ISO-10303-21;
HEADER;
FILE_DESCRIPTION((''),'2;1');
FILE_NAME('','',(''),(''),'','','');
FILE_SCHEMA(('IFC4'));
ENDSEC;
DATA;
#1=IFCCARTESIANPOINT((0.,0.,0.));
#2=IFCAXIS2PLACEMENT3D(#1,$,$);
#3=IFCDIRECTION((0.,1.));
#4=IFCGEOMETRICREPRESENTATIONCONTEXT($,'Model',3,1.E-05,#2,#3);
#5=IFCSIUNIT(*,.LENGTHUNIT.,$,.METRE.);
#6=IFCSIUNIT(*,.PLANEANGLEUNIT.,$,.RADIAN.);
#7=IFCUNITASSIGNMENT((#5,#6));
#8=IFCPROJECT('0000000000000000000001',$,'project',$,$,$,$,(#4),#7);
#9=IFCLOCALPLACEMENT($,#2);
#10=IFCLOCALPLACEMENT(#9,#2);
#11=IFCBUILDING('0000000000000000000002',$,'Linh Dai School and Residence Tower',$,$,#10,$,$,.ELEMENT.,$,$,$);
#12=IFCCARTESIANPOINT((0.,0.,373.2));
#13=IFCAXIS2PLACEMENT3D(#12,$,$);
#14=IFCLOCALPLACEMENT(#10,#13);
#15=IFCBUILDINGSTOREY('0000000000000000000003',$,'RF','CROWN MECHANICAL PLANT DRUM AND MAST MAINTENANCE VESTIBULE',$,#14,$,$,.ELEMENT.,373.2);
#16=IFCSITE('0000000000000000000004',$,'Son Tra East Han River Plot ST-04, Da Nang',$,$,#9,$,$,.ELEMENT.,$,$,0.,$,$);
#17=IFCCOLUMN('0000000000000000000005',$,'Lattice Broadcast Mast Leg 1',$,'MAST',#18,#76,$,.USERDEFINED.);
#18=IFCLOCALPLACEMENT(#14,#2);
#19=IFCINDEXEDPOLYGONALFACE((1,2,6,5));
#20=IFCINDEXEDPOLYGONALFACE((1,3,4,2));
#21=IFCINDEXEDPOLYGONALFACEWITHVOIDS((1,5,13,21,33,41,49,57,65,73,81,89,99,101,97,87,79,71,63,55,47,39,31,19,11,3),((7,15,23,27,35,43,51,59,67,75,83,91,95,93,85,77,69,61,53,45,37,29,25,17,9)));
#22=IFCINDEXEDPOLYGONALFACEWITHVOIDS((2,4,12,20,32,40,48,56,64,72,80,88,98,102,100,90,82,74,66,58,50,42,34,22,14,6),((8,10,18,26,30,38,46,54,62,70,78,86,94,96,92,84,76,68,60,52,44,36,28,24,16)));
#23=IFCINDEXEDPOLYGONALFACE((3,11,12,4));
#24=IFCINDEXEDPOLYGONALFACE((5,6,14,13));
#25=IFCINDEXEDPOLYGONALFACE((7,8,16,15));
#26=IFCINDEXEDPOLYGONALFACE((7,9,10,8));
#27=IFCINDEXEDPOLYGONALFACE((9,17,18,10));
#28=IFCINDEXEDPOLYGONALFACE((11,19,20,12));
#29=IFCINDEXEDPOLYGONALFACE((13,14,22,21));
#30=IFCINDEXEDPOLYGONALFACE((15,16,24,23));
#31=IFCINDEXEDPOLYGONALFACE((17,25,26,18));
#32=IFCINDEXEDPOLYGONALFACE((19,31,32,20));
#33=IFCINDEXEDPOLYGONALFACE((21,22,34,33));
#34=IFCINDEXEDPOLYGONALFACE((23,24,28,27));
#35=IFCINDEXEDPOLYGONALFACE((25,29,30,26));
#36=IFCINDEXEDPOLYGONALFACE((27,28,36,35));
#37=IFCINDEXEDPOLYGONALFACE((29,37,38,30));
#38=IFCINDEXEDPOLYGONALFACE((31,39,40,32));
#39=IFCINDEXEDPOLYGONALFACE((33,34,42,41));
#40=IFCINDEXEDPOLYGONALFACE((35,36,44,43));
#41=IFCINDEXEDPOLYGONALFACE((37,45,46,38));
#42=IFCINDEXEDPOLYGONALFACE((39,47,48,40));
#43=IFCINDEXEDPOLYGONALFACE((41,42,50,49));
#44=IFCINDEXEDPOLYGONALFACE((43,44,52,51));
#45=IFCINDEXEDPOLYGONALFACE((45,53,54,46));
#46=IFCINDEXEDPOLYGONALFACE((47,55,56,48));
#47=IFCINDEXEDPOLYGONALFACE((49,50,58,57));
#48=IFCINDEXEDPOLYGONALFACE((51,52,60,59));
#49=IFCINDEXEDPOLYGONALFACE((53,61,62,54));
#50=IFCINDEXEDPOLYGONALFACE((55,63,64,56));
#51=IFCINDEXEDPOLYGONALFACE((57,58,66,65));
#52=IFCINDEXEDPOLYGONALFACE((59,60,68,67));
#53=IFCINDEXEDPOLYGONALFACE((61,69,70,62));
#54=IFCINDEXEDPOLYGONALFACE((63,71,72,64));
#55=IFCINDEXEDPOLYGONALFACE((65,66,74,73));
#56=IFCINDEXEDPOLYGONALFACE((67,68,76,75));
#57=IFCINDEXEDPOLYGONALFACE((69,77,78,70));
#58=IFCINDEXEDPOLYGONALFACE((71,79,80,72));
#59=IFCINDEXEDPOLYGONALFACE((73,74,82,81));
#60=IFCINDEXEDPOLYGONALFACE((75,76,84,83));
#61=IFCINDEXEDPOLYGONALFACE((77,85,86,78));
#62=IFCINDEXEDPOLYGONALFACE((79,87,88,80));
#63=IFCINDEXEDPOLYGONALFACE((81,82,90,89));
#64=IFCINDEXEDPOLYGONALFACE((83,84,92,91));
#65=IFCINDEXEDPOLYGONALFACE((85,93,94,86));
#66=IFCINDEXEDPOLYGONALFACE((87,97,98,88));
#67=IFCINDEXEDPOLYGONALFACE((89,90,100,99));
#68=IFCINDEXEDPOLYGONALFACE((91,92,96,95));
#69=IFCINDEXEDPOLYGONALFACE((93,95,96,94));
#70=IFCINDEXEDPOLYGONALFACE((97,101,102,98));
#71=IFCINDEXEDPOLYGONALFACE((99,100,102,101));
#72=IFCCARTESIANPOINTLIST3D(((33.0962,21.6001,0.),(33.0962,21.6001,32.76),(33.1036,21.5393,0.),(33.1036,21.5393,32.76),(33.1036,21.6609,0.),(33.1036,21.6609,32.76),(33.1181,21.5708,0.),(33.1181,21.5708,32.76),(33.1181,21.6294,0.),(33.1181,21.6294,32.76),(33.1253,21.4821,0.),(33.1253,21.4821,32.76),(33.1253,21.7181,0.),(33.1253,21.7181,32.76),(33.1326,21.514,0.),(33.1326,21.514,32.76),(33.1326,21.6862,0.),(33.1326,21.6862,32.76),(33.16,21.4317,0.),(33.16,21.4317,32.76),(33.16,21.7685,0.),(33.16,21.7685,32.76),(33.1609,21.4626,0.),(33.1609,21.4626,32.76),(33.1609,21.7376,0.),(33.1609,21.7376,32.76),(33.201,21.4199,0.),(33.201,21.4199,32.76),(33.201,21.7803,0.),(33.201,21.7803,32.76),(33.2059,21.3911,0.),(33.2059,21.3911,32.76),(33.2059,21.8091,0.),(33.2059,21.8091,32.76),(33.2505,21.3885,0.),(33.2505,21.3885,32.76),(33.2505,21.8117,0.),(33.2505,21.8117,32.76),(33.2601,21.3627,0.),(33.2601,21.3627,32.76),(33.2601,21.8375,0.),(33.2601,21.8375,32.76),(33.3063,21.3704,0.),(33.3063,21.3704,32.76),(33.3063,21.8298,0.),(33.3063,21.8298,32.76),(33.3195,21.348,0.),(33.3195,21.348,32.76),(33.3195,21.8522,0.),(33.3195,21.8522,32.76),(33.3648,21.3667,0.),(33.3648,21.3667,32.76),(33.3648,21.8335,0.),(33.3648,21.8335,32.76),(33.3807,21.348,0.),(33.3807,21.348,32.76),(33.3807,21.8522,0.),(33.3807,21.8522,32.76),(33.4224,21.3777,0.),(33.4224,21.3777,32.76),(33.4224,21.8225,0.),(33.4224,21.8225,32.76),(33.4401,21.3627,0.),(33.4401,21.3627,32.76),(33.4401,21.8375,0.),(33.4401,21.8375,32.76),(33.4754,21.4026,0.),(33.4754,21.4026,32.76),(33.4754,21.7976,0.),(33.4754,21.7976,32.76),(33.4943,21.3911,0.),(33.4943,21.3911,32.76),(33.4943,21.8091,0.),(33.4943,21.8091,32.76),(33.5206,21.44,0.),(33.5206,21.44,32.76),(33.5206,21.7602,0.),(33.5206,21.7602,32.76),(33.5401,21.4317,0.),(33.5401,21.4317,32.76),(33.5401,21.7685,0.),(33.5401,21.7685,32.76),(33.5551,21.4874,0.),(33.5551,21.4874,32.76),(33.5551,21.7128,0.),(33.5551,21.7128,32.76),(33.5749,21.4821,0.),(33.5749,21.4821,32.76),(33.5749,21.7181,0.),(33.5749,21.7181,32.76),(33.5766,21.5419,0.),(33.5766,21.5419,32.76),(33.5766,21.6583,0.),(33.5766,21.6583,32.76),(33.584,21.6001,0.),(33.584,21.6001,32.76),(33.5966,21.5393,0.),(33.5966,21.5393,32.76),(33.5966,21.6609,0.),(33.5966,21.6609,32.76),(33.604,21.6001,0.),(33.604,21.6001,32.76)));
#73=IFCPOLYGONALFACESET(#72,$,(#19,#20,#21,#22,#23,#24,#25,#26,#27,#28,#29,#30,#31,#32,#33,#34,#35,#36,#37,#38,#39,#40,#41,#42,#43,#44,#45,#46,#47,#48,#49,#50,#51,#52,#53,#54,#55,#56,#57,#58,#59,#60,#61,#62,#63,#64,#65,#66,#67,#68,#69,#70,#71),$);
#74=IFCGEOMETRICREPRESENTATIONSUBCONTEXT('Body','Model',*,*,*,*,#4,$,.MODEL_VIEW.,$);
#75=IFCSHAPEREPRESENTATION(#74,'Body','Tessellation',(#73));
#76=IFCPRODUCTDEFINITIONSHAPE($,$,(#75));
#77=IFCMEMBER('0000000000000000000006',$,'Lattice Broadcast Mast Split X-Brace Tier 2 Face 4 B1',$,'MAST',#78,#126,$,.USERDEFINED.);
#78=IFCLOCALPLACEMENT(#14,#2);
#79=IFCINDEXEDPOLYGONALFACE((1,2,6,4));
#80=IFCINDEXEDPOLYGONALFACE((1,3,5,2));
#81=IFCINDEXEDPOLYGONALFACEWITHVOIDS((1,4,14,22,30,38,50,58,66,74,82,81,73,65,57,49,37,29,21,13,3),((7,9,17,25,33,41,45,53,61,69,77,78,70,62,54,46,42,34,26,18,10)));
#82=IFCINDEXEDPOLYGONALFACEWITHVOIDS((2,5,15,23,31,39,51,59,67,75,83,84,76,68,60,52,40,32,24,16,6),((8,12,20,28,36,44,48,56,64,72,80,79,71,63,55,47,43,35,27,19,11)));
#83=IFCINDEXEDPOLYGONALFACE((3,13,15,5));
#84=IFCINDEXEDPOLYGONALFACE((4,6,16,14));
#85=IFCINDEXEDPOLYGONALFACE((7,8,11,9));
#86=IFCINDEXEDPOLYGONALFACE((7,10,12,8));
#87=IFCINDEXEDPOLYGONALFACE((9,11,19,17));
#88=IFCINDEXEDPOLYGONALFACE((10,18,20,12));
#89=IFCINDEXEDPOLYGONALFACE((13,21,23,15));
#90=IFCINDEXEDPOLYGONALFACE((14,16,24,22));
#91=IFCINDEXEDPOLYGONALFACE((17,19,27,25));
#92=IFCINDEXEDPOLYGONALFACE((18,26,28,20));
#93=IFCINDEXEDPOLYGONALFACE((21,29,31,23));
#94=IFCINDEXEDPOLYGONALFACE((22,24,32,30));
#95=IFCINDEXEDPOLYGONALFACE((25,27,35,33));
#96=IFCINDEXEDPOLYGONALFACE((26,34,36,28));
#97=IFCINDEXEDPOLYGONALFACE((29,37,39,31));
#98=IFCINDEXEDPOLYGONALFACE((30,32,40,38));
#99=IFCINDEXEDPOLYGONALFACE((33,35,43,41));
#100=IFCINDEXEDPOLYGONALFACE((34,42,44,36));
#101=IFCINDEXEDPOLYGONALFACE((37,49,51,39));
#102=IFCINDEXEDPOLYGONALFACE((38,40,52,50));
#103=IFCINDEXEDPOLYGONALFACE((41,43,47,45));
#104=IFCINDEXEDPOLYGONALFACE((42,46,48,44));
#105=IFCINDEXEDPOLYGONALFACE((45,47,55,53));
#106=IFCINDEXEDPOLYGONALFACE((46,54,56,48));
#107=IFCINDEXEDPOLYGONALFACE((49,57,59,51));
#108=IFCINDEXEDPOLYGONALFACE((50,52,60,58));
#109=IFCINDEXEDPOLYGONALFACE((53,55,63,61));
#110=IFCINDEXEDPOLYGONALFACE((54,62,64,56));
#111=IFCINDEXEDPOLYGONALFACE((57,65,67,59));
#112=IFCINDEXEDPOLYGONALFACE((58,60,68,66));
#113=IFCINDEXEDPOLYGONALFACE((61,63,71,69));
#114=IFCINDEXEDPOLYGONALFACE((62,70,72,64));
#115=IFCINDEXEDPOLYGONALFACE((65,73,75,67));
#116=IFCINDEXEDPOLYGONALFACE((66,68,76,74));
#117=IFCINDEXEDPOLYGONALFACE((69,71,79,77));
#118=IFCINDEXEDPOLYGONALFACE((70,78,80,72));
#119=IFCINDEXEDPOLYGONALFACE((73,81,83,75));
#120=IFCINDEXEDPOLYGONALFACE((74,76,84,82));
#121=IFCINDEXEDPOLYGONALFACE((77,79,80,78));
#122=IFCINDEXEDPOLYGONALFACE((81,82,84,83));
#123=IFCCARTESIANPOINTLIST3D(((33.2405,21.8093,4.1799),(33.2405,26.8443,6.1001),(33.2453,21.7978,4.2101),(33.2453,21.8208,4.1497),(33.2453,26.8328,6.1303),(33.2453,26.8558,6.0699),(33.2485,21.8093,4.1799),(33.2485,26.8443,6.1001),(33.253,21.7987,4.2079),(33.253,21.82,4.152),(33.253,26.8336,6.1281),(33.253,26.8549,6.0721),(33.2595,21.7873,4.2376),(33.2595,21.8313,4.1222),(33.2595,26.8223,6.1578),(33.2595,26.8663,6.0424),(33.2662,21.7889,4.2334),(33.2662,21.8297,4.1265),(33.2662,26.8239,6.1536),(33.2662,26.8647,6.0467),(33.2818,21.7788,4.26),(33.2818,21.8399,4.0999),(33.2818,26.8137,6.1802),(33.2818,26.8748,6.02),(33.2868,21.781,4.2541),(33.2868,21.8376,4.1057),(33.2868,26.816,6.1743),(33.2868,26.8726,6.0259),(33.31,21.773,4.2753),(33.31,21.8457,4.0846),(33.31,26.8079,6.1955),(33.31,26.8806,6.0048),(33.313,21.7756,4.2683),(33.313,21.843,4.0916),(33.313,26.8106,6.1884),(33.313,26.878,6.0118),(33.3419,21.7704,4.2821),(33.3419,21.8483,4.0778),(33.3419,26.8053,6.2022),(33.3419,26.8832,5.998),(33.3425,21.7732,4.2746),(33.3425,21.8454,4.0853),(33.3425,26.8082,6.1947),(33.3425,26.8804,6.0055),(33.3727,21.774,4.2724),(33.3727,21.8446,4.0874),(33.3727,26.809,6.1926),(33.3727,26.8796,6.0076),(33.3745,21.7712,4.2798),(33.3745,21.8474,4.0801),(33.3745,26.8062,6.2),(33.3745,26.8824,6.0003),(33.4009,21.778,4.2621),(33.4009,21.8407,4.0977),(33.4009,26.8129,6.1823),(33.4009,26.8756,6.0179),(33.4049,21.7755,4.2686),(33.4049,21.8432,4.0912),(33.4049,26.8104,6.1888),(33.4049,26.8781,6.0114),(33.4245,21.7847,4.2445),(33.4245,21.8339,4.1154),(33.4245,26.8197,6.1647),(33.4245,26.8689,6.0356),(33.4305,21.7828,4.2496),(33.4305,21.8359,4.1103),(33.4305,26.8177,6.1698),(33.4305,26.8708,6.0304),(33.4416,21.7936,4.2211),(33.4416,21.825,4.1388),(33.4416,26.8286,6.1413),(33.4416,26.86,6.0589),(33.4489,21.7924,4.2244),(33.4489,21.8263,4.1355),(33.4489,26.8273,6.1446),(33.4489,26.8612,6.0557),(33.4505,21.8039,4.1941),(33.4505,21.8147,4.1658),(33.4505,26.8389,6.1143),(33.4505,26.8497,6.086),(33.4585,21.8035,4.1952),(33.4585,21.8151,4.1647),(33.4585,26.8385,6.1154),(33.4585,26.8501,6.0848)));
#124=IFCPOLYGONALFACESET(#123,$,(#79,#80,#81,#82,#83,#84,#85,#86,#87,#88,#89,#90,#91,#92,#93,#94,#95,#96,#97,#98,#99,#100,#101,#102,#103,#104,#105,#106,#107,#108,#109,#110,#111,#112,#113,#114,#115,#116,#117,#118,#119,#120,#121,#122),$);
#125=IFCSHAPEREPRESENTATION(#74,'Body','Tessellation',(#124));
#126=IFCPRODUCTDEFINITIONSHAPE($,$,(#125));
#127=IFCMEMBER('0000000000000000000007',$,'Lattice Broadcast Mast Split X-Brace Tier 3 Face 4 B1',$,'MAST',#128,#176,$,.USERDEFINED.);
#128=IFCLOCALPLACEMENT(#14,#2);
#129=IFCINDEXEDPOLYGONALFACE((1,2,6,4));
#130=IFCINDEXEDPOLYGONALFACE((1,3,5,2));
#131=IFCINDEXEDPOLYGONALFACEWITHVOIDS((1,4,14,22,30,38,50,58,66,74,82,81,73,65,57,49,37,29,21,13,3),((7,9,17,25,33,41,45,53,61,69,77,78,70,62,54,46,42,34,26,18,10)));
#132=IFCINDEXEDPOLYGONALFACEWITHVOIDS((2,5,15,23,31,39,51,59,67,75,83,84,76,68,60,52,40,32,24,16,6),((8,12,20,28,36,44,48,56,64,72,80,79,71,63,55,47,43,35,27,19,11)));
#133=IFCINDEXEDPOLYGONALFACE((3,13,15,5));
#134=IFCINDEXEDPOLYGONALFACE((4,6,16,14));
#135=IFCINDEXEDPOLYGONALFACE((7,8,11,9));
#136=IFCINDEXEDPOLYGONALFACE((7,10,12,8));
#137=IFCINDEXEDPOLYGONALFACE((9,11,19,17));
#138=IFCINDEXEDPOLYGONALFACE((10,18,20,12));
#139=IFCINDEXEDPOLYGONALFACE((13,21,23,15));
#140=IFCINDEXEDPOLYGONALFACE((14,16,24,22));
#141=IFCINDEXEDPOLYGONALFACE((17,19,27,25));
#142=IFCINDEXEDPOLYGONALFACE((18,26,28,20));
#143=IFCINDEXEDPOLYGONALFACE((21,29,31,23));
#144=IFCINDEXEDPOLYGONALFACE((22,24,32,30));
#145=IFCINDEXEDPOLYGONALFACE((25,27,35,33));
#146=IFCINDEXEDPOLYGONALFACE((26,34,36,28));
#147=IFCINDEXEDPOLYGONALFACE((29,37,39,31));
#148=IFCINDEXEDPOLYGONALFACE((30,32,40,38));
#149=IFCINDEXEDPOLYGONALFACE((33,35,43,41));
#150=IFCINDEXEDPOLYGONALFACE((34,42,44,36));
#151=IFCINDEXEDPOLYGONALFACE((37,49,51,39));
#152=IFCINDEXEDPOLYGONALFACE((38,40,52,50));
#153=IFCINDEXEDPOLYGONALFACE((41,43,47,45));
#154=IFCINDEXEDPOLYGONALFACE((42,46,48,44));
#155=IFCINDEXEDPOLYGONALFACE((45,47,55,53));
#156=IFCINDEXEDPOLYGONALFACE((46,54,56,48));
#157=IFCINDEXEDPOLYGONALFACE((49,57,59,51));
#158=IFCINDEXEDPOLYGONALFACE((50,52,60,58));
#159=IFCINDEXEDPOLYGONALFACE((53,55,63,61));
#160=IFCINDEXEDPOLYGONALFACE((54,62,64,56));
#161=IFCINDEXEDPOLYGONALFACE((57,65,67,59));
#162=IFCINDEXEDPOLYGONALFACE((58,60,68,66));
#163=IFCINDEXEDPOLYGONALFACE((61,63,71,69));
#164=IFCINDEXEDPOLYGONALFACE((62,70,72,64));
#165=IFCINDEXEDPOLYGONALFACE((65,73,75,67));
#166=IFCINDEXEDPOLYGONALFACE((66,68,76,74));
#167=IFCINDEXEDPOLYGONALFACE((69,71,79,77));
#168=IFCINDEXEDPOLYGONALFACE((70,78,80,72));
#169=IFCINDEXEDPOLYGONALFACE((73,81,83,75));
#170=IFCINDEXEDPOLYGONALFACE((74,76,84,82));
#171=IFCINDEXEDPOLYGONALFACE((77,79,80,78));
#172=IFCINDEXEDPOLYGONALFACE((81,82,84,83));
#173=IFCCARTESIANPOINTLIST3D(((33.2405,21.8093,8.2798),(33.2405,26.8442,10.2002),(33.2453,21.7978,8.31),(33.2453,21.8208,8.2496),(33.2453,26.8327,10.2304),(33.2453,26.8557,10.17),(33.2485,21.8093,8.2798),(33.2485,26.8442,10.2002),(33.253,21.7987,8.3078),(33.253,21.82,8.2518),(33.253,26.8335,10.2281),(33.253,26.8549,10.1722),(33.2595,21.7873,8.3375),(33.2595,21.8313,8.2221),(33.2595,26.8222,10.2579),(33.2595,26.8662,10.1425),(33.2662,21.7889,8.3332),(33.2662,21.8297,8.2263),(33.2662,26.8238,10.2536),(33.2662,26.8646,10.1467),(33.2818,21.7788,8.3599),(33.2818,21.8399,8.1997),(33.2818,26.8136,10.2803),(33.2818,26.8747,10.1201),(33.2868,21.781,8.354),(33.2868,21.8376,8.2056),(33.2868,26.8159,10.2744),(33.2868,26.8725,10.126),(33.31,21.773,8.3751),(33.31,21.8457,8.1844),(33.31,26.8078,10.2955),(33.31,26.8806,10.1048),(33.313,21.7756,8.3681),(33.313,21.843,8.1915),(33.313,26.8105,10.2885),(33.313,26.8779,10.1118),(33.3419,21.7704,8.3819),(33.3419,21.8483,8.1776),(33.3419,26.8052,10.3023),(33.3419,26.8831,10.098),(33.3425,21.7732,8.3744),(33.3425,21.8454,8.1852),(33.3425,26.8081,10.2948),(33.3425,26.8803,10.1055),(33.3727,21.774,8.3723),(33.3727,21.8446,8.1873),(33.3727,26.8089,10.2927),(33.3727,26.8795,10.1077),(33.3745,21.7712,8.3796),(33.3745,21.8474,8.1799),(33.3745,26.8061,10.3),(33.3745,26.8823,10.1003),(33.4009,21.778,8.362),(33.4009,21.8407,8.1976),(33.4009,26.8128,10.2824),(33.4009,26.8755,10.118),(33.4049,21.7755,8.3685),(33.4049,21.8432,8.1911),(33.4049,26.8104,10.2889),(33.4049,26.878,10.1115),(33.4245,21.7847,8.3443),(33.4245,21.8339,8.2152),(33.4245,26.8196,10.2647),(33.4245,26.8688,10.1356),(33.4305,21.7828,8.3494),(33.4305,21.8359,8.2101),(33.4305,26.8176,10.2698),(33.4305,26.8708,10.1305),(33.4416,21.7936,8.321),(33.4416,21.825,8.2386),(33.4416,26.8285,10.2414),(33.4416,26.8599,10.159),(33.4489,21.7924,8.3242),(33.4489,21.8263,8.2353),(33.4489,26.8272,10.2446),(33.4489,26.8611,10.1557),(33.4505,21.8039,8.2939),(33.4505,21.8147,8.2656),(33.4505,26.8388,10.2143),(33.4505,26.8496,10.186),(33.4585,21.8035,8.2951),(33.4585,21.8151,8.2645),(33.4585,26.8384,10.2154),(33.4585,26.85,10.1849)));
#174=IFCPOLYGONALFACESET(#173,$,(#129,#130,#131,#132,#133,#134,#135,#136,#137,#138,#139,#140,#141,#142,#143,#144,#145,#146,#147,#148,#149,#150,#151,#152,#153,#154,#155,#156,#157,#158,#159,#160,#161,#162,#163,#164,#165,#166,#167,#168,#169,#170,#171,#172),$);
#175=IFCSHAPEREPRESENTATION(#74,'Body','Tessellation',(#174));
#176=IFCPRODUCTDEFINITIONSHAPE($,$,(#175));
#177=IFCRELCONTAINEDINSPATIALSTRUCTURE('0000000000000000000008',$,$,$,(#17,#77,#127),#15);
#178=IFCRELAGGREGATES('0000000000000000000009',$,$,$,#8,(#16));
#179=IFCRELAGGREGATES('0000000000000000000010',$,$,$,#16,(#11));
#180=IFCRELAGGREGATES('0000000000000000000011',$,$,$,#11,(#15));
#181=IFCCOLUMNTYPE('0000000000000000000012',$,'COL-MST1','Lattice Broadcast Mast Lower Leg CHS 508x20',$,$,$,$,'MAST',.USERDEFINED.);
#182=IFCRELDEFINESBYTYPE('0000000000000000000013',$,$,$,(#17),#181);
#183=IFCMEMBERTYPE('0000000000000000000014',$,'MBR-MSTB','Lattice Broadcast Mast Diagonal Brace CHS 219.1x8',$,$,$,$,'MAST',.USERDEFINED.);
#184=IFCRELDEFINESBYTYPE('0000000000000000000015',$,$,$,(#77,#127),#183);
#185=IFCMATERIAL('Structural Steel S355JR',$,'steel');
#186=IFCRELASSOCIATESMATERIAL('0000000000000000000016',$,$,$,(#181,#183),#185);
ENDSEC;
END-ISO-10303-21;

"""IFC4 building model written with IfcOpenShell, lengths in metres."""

from ifc_helpers import new_model, si_unit, direction, frame, origin, origin_2d, place, context, subcontext, project, spatial, hollow_circle, extrude, material, material_profile, profile_set, type_object, element, save


model = new_model("IFC4")

# Units and contexts
model_context = context("Model", 3, precision=1e-05, world=origin(), true_north=direction((0.0, 1.0)))
body_context = subcontext(model_context, "Body", "Model", "MODEL_VIEW")
ifc_project = project(units=[si_unit("LENGTHUNIT", "METRE"), si_unit("PLANEANGLEUNIT", "RADIAN")], contexts=[model_context])

# Site, building, storey
site_placement = place(None, origin())
site = spatial("IfcSite", under=ifc_project, at=site_placement, Name="Son Tra East Han River Plot ST-04, Da Nang", CompositionType="ELEMENT", RefElevation=0.0)
building_placement = place(site_placement, origin())
building = spatial("IfcBuilding", under=site, at=building_placement, Name="Linh Dai School and Residence Tower", CompositionType="ELEMENT")
storey_placement = place(building_placement, frame((0.0, 0.0, 373.2)))
storey = spatial("IfcBuildingStorey", under=building, at=storey_placement, Name="RF", Description="CROWN MECHANICAL PLANT DRUM AND MAST MAINTENANCE VESTIBULE", CompositionType="ELEMENT", Elevation=373.2)

# Column
ifc_material_1 = material(Name="Structural Steel S355JR", Category="steel")
ifc_material_profile_1 = material_profile(ifc_material_1, hollow_circle(Radius=0.2539, WallThickness=0.02, at=origin_2d()), Name="CHS 508x20")
ifc_profile_set_1 = profile_set([ifc_material_profile_1], Name="Structural Steel S355JR")
column_type = type_object("IfcColumnType", Name="COL-MST1", Description="Lattice Broadcast Mast Lower Leg CHS 508x20", ElementType="MAST", PredefinedType="USERDEFINED", material=ifc_profile_set_1)
column_placement = place(storey_placement, frame((33.3501, 21.6001, 0.0), z_axis=(0.0, 0.0, 1.0), x_axis=(1.0, 0.0, 0.0)))
element("IfcColumn", 1, at=column_placement, inside=storey, type_object=column_type, Name="Lattice Broadcast Mast Leg 1", ObjectType="MAST", PredefinedType="USERDEFINED", context=body_context, shape_type="SweptSolid", body=[
    extrude(hollow_circle(Radius=0.2539, WallThickness=0.02, at=origin_2d()), origin(), (0.0, 0.0, 1.0), 32.76),
])

# Members
ifc_material_profile_2 = material_profile(ifc_material_1, hollow_circle(Radius=0.1096, WallThickness=0.0081, at=origin_2d()), Name="CHS 219.1x8")
ifc_profile_set_2 = profile_set([ifc_material_profile_2], Name="Structural Steel S355JR")
member_type = type_object("IfcMemberType", Name="MBR-MSTB", Description="Lattice Broadcast Mast Diagonal Brace CHS 219.1x8", ElementType="MAST", PredefinedType="USERDEFINED", material=ifc_profile_set_2)
for number, where, z_axis, x_axis, name in (
    (2, (33.3501, 21.8093, 4.1799), (0.0, 0.934358, 0.356336), (-1.0, 0.0, 0.0), "Lattice Broadcast Mast Split X-Brace Tier 2 Face 4 B1"),
    (3, (33.3501, 21.8093, 8.2798), (0.0, 0.934343, 0.356376), (-1.0, 0.0, 0.0), "Lattice Broadcast Mast Split X-Brace Tier 3 Face 4 B1"),
):
    element("IfcMember", number, at=place(storey_placement, frame(where, z_axis=z_axis, x_axis=x_axis)), inside=storey, type_object=member_type, Name=name, ObjectType="MAST", PredefinedType="USERDEFINED", context=body_context, shape_type="SweptSolid", body=[
        extrude(hollow_circle(Radius=0.1096, WallThickness=0.0081, at=origin_2d()), origin(), (0.0, 0.0, 1.0), 5.3887),
    ])

save(model, "model.ifc")
